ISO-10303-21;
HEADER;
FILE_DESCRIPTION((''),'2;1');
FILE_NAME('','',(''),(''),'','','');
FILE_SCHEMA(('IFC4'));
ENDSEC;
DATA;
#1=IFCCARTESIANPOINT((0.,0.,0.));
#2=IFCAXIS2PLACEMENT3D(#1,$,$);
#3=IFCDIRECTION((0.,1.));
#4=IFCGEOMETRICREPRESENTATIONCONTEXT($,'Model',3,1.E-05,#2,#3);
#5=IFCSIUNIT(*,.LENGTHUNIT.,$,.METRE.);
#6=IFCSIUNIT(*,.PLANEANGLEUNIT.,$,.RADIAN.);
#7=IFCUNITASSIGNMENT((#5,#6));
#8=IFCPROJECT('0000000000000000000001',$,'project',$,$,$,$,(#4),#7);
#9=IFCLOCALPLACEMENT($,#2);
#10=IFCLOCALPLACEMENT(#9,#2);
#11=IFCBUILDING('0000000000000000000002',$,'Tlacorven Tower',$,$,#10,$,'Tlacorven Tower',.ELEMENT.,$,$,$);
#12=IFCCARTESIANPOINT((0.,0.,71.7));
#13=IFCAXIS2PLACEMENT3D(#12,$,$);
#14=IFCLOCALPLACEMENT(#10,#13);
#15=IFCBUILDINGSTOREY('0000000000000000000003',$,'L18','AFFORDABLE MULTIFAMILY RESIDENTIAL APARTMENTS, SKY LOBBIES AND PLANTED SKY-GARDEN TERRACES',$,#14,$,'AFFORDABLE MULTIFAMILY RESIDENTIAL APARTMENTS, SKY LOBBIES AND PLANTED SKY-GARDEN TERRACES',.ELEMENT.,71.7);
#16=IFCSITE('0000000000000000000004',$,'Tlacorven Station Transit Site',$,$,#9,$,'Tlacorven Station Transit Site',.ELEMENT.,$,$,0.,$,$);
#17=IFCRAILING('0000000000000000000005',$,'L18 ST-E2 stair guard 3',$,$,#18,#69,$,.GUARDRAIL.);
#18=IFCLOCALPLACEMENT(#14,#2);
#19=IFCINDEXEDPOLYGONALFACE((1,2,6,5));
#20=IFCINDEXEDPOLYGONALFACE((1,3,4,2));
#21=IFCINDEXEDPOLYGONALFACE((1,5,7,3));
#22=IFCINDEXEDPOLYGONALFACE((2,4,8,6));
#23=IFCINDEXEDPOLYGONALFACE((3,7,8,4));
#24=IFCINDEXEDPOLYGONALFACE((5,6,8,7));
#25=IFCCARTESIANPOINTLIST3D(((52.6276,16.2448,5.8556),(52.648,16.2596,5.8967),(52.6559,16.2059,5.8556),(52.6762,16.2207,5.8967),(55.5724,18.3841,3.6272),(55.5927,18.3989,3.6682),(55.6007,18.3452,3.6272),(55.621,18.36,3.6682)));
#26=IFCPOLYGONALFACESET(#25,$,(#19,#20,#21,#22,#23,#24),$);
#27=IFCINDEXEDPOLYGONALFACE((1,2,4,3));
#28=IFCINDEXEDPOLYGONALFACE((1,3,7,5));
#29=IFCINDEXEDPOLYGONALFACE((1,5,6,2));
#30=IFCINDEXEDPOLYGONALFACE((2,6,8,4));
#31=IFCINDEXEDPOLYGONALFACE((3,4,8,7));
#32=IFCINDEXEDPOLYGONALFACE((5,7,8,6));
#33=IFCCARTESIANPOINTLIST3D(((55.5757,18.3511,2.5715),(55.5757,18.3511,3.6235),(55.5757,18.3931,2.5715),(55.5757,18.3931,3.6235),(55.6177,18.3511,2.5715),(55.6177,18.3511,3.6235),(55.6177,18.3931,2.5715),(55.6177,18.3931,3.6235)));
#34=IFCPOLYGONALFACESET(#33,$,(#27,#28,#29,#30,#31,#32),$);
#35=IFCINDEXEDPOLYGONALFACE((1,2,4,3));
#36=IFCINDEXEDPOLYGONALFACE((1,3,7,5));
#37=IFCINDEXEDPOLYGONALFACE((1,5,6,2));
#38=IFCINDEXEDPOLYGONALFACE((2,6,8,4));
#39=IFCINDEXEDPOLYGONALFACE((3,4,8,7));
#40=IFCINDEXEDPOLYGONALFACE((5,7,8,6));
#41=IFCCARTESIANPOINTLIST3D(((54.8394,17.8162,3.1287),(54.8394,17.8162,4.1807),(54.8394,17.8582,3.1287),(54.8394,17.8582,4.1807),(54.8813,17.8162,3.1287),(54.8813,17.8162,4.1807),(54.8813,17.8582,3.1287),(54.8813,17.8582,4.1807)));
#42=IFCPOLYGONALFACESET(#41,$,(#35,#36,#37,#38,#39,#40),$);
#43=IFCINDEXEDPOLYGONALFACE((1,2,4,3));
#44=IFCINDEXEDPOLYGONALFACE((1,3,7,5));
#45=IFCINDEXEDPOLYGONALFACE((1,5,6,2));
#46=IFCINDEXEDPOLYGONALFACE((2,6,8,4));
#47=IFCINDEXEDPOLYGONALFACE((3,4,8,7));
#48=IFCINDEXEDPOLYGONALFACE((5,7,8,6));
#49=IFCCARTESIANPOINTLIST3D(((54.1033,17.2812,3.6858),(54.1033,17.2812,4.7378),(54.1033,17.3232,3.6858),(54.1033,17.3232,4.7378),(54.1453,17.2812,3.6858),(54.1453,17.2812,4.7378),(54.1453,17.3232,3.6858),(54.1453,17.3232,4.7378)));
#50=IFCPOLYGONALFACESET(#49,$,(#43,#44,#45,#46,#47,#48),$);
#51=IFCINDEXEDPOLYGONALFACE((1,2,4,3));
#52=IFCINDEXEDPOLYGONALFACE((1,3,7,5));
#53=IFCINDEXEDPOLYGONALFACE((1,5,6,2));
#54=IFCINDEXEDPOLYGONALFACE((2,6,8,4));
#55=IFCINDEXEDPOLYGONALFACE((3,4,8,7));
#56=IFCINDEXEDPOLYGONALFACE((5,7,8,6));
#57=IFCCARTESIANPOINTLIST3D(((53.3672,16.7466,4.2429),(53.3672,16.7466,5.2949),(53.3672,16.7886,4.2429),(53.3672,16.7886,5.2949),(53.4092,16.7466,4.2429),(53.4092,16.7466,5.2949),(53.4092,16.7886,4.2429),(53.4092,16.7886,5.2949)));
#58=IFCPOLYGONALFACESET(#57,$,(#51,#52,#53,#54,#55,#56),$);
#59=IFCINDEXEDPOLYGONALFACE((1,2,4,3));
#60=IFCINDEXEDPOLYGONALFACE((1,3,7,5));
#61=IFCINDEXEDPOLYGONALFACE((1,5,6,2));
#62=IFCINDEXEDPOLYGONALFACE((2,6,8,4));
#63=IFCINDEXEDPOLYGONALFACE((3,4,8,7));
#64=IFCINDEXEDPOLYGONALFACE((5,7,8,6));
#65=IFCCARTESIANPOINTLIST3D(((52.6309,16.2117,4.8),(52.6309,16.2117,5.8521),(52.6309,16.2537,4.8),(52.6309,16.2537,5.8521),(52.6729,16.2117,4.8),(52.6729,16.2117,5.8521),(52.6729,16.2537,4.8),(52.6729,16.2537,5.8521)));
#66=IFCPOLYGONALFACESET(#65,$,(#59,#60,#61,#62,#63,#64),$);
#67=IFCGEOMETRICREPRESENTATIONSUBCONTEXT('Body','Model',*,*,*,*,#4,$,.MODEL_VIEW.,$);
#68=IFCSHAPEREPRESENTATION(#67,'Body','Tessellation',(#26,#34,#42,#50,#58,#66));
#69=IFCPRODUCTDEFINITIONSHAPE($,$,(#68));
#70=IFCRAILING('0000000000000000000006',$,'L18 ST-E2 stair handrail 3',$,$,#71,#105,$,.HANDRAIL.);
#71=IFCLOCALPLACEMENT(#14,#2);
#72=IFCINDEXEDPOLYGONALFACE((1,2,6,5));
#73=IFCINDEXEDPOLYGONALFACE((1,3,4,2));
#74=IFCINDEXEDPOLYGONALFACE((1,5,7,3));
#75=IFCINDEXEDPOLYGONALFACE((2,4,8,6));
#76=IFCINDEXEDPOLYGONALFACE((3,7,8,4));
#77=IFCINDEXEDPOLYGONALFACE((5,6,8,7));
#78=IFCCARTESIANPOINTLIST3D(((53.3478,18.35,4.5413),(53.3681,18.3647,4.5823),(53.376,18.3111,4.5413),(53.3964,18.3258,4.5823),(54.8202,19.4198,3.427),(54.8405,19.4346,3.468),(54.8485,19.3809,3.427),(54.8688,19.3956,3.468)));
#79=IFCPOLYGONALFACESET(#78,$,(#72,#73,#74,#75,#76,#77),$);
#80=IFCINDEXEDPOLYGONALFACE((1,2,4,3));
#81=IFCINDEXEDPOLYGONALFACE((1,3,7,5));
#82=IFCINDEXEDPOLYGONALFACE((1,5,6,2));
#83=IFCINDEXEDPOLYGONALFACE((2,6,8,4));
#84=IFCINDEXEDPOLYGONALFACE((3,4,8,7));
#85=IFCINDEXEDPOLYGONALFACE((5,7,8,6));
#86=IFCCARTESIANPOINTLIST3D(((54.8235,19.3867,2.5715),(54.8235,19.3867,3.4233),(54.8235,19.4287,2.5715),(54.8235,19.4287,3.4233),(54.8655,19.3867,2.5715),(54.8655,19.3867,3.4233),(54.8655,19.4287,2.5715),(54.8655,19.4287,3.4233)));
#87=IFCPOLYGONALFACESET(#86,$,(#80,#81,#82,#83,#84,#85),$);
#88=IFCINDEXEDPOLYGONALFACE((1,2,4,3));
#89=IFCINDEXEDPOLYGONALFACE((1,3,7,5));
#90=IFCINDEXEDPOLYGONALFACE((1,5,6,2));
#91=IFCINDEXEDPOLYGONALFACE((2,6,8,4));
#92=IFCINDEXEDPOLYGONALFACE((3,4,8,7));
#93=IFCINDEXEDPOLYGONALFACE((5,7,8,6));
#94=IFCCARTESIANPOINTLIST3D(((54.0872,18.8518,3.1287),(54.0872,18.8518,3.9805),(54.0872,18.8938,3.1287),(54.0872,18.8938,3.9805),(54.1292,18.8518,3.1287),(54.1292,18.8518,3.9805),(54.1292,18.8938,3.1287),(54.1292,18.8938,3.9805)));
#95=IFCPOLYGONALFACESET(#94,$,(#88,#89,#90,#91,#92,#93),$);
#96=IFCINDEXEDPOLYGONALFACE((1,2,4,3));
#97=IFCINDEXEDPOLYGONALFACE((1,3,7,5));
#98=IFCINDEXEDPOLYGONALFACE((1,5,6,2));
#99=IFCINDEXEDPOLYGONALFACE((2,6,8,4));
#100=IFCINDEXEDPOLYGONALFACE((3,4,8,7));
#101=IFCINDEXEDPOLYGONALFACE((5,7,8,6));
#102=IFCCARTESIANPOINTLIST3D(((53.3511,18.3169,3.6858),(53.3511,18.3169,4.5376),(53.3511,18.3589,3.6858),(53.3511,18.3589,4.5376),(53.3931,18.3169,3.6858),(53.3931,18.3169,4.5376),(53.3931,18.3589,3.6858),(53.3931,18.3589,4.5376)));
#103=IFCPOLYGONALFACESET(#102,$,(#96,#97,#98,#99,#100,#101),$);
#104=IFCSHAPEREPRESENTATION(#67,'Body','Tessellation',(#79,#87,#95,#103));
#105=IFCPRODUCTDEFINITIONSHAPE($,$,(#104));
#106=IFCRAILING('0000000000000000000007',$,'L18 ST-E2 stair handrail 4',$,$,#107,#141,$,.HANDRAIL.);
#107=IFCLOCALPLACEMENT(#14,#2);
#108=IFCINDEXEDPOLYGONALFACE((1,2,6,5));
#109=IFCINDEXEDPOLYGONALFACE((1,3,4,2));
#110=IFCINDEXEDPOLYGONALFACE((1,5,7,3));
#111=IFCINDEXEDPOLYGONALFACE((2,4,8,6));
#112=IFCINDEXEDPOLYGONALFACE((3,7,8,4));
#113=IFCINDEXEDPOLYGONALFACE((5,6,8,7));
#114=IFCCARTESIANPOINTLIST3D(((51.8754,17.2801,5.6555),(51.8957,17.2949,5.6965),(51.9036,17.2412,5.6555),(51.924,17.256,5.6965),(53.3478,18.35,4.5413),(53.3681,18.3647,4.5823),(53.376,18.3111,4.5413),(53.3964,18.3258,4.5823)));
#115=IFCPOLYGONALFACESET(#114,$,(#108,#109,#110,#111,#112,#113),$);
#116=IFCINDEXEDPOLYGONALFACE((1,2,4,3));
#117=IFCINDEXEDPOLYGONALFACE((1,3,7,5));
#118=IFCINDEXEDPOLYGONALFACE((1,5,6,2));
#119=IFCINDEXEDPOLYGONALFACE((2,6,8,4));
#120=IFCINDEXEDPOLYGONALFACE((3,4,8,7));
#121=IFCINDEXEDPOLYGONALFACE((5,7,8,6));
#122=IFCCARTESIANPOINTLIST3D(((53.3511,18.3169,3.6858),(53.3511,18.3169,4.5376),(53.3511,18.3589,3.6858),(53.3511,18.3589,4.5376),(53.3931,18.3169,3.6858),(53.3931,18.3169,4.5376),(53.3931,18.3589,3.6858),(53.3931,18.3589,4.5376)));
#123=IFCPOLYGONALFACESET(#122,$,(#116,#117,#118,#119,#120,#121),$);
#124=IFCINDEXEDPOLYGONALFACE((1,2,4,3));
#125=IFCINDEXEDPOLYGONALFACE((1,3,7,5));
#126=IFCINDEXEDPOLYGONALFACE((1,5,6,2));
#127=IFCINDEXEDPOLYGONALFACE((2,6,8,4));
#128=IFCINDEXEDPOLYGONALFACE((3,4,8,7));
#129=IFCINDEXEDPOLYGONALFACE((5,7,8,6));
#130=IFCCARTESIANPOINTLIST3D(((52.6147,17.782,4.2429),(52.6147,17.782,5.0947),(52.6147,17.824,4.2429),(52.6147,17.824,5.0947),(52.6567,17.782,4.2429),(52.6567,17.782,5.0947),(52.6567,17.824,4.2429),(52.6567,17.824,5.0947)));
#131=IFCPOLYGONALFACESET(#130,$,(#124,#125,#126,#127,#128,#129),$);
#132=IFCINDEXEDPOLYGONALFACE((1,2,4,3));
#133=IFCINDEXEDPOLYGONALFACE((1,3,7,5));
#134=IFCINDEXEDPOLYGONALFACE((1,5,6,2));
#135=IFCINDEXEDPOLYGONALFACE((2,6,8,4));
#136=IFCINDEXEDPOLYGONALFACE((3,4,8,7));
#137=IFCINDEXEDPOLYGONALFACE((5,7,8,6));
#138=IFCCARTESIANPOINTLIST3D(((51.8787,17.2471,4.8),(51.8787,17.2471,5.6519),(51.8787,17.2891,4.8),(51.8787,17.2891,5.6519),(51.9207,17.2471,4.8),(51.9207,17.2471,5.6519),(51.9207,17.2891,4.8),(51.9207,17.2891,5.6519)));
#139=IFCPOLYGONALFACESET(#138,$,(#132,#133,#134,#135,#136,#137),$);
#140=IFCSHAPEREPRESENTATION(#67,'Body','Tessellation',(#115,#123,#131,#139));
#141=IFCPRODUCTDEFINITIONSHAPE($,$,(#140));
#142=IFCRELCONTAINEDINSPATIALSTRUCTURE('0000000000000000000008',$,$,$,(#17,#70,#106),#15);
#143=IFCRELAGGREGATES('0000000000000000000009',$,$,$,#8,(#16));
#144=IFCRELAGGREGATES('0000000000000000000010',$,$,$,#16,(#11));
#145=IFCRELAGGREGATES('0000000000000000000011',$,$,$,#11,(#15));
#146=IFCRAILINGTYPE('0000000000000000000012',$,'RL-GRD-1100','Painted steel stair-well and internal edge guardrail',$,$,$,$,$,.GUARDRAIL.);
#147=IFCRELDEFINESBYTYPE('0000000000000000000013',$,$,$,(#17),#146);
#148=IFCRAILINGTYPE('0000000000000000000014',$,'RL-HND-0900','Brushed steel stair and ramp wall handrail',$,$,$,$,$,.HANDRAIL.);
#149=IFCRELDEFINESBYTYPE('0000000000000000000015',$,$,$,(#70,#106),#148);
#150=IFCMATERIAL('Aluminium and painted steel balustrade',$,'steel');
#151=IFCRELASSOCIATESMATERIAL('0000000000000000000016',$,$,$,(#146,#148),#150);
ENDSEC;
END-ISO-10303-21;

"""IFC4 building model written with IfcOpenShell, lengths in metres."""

from ifc_helpers import new_model, si_unit, direction, frame, origin, origin_2d, place, context, subcontext, project, spatial, rectangle, extrude, source, transform, mapped, material, type_object, element, save


model = new_model("IFC4")

# Units and contexts
model_context = context("Model", 3, precision=1e-05, world=origin(), true_north=direction((0.0, 1.0)))
body_context = subcontext(model_context, "Body", "Model", "MODEL_VIEW")
ifc_project = project(units=[si_unit("LENGTHUNIT", "METRE"), si_unit("PLANEANGLEUNIT", "RADIAN")], contexts=[model_context])

# Site, building, storey
site_placement = place(None, origin())
site = spatial("IfcSite", under=ifc_project, at=site_placement, Name="Tlacorven Station Transit Site", LongName="Tlacorven Station Transit Site", CompositionType="ELEMENT", RefElevation=0.0)
building_placement = place(site_placement, origin())
building = spatial("IfcBuilding", under=site, at=building_placement, Name="Tlacorven Tower", LongName="Tlacorven Tower", CompositionType="ELEMENT")
storey_placement = place(building_placement, frame((0.0, 0.0, 71.7)))
storey = spatial("IfcBuildingStorey", under=building, at=storey_placement, Name="L18", Description="AFFORDABLE MULTIFAMILY RESIDENTIAL APARTMENTS, SKY LOBBIES AND PLANTED SKY-GARDEN TERRACES", LongName="AFFORDABLE MULTIFAMILY RESIDENTIAL APARTMENTS, SKY LOBBIES AND PLANTED SKY-GARDEN TERRACES", CompositionType="ELEMENT", Elevation=71.7)

# Railings
ifc_material_1 = material(Name="Aluminium and painted steel balustrade", Category="steel")
railing_type_1 = type_object("IfcRailingType", Name="RL-GRD-1100", Description="Painted steel stair-well and internal edge guardrail", PredefinedType="GUARDRAIL", material=ifc_material_1)
shared_shape_1 = source(origin(), body_context, "Body", "SweptSolid", [
    extrude(rectangle(XDim=0.0481, YDim=0.0481, at=origin_2d()), frame((0.0, 0.0, 1.0762), z_axis=(-0.689987, -0.501273, 0.522152), x_axis=(0.587761, -0.809035, 0.0)), (0.0, 0.0, 1.0), 4.2678),
    extrude(rectangle(XDim=0.042, YDim=0.042, at=origin_2d()), origin(), (0.0, 0.0, 1.0), 1.052),
    extrude(rectangle(XDim=0.042, YDim=0.042, at=origin_2d()), frame((-0.7363, -0.5349, 0.5571)), (0.0, 0.0, 1.0), 1.052),
    extrude(rectangle(XDim=0.042, YDim=0.042, at=origin_2d()), frame((-1.4724, -1.0698, 1.1143)), (0.0, 0.0, 1.0), 1.052),
    extrude(rectangle(XDim=0.042, YDim=0.042, at=origin_2d()), frame((-2.2085, -1.6045, 1.6714)), (0.0, 0.0, 1.0), 1.052),
    extrude(rectangle(XDim=0.042, YDim=0.042, at=origin_2d()), frame((-2.9448, -2.1394, 2.2285)), (0.0, 0.0, 1.0), 1.052),
])
railing_1_placement = place(storey_placement, frame((55.5967, 18.3721, 2.5715)))
element("IfcRailing", 1, at=railing_1_placement, inside=storey, type_object=railing_type_1, Name="L18 ST-E2 stair guard 3", PredefinedType="GUARDRAIL", context=body_context, shape_type="MappedRepresentation", body=[
    mapped(shared_shape_1, transform((0.0, 0.0, 0.0), scale=1.0)),
])
railing_type_2 = type_object("IfcRailingType", Name="RL-HND-0900", Description="Brushed steel stair and ramp wall handrail", PredefinedType="HANDRAIL", material=ifc_material_1)
shared_shape_2 = source(origin(), body_context, "Body", "SweptSolid", [
    extrude(rectangle(XDim=0.0481, YDim=0.0481, at=origin_2d()), frame((0.0, 0.0, 0.876), z_axis=(-0.689967, -0.501316, 0.522137), x_axis=(0.587805, -0.809003, 0.0)), (0.0, 0.0, 1.0), 2.134),
    extrude(rectangle(XDim=0.042, YDim=0.042, at=origin_2d()), origin(), (0.0, 0.0, 1.0), 0.8518),
    extrude(rectangle(XDim=0.042, YDim=0.042, at=origin_2d()), frame((-0.7363, -0.5349, 0.5571)), (0.0, 0.0, 1.0), 0.8518),
    extrude(rectangle(XDim=0.042, YDim=0.042, at=origin_2d()), frame((-1.4724, -1.0698, 1.1143)), (0.0, 0.0, 1.0), 0.8518),
])
for number, where, name in (
    (2, (54.8445, 19.4077, 2.5715), "L18 ST-E2 stair handrail 3"),
    (3, (53.3721, 18.3379, 3.6858), "L18 ST-E2 stair handrail 4"),
):
    element("IfcRailing", number, at=place(storey_placement, frame(where)), inside=storey, type_object=railing_type_2, Name=name, PredefinedType="HANDRAIL", context=body_context, shape_type="MappedRepresentation", body=[
        mapped(shared_shape_2, transform((0.0, 0.0, 0.0), scale=1.0)),
    ])

save(model, "model.ifc")
